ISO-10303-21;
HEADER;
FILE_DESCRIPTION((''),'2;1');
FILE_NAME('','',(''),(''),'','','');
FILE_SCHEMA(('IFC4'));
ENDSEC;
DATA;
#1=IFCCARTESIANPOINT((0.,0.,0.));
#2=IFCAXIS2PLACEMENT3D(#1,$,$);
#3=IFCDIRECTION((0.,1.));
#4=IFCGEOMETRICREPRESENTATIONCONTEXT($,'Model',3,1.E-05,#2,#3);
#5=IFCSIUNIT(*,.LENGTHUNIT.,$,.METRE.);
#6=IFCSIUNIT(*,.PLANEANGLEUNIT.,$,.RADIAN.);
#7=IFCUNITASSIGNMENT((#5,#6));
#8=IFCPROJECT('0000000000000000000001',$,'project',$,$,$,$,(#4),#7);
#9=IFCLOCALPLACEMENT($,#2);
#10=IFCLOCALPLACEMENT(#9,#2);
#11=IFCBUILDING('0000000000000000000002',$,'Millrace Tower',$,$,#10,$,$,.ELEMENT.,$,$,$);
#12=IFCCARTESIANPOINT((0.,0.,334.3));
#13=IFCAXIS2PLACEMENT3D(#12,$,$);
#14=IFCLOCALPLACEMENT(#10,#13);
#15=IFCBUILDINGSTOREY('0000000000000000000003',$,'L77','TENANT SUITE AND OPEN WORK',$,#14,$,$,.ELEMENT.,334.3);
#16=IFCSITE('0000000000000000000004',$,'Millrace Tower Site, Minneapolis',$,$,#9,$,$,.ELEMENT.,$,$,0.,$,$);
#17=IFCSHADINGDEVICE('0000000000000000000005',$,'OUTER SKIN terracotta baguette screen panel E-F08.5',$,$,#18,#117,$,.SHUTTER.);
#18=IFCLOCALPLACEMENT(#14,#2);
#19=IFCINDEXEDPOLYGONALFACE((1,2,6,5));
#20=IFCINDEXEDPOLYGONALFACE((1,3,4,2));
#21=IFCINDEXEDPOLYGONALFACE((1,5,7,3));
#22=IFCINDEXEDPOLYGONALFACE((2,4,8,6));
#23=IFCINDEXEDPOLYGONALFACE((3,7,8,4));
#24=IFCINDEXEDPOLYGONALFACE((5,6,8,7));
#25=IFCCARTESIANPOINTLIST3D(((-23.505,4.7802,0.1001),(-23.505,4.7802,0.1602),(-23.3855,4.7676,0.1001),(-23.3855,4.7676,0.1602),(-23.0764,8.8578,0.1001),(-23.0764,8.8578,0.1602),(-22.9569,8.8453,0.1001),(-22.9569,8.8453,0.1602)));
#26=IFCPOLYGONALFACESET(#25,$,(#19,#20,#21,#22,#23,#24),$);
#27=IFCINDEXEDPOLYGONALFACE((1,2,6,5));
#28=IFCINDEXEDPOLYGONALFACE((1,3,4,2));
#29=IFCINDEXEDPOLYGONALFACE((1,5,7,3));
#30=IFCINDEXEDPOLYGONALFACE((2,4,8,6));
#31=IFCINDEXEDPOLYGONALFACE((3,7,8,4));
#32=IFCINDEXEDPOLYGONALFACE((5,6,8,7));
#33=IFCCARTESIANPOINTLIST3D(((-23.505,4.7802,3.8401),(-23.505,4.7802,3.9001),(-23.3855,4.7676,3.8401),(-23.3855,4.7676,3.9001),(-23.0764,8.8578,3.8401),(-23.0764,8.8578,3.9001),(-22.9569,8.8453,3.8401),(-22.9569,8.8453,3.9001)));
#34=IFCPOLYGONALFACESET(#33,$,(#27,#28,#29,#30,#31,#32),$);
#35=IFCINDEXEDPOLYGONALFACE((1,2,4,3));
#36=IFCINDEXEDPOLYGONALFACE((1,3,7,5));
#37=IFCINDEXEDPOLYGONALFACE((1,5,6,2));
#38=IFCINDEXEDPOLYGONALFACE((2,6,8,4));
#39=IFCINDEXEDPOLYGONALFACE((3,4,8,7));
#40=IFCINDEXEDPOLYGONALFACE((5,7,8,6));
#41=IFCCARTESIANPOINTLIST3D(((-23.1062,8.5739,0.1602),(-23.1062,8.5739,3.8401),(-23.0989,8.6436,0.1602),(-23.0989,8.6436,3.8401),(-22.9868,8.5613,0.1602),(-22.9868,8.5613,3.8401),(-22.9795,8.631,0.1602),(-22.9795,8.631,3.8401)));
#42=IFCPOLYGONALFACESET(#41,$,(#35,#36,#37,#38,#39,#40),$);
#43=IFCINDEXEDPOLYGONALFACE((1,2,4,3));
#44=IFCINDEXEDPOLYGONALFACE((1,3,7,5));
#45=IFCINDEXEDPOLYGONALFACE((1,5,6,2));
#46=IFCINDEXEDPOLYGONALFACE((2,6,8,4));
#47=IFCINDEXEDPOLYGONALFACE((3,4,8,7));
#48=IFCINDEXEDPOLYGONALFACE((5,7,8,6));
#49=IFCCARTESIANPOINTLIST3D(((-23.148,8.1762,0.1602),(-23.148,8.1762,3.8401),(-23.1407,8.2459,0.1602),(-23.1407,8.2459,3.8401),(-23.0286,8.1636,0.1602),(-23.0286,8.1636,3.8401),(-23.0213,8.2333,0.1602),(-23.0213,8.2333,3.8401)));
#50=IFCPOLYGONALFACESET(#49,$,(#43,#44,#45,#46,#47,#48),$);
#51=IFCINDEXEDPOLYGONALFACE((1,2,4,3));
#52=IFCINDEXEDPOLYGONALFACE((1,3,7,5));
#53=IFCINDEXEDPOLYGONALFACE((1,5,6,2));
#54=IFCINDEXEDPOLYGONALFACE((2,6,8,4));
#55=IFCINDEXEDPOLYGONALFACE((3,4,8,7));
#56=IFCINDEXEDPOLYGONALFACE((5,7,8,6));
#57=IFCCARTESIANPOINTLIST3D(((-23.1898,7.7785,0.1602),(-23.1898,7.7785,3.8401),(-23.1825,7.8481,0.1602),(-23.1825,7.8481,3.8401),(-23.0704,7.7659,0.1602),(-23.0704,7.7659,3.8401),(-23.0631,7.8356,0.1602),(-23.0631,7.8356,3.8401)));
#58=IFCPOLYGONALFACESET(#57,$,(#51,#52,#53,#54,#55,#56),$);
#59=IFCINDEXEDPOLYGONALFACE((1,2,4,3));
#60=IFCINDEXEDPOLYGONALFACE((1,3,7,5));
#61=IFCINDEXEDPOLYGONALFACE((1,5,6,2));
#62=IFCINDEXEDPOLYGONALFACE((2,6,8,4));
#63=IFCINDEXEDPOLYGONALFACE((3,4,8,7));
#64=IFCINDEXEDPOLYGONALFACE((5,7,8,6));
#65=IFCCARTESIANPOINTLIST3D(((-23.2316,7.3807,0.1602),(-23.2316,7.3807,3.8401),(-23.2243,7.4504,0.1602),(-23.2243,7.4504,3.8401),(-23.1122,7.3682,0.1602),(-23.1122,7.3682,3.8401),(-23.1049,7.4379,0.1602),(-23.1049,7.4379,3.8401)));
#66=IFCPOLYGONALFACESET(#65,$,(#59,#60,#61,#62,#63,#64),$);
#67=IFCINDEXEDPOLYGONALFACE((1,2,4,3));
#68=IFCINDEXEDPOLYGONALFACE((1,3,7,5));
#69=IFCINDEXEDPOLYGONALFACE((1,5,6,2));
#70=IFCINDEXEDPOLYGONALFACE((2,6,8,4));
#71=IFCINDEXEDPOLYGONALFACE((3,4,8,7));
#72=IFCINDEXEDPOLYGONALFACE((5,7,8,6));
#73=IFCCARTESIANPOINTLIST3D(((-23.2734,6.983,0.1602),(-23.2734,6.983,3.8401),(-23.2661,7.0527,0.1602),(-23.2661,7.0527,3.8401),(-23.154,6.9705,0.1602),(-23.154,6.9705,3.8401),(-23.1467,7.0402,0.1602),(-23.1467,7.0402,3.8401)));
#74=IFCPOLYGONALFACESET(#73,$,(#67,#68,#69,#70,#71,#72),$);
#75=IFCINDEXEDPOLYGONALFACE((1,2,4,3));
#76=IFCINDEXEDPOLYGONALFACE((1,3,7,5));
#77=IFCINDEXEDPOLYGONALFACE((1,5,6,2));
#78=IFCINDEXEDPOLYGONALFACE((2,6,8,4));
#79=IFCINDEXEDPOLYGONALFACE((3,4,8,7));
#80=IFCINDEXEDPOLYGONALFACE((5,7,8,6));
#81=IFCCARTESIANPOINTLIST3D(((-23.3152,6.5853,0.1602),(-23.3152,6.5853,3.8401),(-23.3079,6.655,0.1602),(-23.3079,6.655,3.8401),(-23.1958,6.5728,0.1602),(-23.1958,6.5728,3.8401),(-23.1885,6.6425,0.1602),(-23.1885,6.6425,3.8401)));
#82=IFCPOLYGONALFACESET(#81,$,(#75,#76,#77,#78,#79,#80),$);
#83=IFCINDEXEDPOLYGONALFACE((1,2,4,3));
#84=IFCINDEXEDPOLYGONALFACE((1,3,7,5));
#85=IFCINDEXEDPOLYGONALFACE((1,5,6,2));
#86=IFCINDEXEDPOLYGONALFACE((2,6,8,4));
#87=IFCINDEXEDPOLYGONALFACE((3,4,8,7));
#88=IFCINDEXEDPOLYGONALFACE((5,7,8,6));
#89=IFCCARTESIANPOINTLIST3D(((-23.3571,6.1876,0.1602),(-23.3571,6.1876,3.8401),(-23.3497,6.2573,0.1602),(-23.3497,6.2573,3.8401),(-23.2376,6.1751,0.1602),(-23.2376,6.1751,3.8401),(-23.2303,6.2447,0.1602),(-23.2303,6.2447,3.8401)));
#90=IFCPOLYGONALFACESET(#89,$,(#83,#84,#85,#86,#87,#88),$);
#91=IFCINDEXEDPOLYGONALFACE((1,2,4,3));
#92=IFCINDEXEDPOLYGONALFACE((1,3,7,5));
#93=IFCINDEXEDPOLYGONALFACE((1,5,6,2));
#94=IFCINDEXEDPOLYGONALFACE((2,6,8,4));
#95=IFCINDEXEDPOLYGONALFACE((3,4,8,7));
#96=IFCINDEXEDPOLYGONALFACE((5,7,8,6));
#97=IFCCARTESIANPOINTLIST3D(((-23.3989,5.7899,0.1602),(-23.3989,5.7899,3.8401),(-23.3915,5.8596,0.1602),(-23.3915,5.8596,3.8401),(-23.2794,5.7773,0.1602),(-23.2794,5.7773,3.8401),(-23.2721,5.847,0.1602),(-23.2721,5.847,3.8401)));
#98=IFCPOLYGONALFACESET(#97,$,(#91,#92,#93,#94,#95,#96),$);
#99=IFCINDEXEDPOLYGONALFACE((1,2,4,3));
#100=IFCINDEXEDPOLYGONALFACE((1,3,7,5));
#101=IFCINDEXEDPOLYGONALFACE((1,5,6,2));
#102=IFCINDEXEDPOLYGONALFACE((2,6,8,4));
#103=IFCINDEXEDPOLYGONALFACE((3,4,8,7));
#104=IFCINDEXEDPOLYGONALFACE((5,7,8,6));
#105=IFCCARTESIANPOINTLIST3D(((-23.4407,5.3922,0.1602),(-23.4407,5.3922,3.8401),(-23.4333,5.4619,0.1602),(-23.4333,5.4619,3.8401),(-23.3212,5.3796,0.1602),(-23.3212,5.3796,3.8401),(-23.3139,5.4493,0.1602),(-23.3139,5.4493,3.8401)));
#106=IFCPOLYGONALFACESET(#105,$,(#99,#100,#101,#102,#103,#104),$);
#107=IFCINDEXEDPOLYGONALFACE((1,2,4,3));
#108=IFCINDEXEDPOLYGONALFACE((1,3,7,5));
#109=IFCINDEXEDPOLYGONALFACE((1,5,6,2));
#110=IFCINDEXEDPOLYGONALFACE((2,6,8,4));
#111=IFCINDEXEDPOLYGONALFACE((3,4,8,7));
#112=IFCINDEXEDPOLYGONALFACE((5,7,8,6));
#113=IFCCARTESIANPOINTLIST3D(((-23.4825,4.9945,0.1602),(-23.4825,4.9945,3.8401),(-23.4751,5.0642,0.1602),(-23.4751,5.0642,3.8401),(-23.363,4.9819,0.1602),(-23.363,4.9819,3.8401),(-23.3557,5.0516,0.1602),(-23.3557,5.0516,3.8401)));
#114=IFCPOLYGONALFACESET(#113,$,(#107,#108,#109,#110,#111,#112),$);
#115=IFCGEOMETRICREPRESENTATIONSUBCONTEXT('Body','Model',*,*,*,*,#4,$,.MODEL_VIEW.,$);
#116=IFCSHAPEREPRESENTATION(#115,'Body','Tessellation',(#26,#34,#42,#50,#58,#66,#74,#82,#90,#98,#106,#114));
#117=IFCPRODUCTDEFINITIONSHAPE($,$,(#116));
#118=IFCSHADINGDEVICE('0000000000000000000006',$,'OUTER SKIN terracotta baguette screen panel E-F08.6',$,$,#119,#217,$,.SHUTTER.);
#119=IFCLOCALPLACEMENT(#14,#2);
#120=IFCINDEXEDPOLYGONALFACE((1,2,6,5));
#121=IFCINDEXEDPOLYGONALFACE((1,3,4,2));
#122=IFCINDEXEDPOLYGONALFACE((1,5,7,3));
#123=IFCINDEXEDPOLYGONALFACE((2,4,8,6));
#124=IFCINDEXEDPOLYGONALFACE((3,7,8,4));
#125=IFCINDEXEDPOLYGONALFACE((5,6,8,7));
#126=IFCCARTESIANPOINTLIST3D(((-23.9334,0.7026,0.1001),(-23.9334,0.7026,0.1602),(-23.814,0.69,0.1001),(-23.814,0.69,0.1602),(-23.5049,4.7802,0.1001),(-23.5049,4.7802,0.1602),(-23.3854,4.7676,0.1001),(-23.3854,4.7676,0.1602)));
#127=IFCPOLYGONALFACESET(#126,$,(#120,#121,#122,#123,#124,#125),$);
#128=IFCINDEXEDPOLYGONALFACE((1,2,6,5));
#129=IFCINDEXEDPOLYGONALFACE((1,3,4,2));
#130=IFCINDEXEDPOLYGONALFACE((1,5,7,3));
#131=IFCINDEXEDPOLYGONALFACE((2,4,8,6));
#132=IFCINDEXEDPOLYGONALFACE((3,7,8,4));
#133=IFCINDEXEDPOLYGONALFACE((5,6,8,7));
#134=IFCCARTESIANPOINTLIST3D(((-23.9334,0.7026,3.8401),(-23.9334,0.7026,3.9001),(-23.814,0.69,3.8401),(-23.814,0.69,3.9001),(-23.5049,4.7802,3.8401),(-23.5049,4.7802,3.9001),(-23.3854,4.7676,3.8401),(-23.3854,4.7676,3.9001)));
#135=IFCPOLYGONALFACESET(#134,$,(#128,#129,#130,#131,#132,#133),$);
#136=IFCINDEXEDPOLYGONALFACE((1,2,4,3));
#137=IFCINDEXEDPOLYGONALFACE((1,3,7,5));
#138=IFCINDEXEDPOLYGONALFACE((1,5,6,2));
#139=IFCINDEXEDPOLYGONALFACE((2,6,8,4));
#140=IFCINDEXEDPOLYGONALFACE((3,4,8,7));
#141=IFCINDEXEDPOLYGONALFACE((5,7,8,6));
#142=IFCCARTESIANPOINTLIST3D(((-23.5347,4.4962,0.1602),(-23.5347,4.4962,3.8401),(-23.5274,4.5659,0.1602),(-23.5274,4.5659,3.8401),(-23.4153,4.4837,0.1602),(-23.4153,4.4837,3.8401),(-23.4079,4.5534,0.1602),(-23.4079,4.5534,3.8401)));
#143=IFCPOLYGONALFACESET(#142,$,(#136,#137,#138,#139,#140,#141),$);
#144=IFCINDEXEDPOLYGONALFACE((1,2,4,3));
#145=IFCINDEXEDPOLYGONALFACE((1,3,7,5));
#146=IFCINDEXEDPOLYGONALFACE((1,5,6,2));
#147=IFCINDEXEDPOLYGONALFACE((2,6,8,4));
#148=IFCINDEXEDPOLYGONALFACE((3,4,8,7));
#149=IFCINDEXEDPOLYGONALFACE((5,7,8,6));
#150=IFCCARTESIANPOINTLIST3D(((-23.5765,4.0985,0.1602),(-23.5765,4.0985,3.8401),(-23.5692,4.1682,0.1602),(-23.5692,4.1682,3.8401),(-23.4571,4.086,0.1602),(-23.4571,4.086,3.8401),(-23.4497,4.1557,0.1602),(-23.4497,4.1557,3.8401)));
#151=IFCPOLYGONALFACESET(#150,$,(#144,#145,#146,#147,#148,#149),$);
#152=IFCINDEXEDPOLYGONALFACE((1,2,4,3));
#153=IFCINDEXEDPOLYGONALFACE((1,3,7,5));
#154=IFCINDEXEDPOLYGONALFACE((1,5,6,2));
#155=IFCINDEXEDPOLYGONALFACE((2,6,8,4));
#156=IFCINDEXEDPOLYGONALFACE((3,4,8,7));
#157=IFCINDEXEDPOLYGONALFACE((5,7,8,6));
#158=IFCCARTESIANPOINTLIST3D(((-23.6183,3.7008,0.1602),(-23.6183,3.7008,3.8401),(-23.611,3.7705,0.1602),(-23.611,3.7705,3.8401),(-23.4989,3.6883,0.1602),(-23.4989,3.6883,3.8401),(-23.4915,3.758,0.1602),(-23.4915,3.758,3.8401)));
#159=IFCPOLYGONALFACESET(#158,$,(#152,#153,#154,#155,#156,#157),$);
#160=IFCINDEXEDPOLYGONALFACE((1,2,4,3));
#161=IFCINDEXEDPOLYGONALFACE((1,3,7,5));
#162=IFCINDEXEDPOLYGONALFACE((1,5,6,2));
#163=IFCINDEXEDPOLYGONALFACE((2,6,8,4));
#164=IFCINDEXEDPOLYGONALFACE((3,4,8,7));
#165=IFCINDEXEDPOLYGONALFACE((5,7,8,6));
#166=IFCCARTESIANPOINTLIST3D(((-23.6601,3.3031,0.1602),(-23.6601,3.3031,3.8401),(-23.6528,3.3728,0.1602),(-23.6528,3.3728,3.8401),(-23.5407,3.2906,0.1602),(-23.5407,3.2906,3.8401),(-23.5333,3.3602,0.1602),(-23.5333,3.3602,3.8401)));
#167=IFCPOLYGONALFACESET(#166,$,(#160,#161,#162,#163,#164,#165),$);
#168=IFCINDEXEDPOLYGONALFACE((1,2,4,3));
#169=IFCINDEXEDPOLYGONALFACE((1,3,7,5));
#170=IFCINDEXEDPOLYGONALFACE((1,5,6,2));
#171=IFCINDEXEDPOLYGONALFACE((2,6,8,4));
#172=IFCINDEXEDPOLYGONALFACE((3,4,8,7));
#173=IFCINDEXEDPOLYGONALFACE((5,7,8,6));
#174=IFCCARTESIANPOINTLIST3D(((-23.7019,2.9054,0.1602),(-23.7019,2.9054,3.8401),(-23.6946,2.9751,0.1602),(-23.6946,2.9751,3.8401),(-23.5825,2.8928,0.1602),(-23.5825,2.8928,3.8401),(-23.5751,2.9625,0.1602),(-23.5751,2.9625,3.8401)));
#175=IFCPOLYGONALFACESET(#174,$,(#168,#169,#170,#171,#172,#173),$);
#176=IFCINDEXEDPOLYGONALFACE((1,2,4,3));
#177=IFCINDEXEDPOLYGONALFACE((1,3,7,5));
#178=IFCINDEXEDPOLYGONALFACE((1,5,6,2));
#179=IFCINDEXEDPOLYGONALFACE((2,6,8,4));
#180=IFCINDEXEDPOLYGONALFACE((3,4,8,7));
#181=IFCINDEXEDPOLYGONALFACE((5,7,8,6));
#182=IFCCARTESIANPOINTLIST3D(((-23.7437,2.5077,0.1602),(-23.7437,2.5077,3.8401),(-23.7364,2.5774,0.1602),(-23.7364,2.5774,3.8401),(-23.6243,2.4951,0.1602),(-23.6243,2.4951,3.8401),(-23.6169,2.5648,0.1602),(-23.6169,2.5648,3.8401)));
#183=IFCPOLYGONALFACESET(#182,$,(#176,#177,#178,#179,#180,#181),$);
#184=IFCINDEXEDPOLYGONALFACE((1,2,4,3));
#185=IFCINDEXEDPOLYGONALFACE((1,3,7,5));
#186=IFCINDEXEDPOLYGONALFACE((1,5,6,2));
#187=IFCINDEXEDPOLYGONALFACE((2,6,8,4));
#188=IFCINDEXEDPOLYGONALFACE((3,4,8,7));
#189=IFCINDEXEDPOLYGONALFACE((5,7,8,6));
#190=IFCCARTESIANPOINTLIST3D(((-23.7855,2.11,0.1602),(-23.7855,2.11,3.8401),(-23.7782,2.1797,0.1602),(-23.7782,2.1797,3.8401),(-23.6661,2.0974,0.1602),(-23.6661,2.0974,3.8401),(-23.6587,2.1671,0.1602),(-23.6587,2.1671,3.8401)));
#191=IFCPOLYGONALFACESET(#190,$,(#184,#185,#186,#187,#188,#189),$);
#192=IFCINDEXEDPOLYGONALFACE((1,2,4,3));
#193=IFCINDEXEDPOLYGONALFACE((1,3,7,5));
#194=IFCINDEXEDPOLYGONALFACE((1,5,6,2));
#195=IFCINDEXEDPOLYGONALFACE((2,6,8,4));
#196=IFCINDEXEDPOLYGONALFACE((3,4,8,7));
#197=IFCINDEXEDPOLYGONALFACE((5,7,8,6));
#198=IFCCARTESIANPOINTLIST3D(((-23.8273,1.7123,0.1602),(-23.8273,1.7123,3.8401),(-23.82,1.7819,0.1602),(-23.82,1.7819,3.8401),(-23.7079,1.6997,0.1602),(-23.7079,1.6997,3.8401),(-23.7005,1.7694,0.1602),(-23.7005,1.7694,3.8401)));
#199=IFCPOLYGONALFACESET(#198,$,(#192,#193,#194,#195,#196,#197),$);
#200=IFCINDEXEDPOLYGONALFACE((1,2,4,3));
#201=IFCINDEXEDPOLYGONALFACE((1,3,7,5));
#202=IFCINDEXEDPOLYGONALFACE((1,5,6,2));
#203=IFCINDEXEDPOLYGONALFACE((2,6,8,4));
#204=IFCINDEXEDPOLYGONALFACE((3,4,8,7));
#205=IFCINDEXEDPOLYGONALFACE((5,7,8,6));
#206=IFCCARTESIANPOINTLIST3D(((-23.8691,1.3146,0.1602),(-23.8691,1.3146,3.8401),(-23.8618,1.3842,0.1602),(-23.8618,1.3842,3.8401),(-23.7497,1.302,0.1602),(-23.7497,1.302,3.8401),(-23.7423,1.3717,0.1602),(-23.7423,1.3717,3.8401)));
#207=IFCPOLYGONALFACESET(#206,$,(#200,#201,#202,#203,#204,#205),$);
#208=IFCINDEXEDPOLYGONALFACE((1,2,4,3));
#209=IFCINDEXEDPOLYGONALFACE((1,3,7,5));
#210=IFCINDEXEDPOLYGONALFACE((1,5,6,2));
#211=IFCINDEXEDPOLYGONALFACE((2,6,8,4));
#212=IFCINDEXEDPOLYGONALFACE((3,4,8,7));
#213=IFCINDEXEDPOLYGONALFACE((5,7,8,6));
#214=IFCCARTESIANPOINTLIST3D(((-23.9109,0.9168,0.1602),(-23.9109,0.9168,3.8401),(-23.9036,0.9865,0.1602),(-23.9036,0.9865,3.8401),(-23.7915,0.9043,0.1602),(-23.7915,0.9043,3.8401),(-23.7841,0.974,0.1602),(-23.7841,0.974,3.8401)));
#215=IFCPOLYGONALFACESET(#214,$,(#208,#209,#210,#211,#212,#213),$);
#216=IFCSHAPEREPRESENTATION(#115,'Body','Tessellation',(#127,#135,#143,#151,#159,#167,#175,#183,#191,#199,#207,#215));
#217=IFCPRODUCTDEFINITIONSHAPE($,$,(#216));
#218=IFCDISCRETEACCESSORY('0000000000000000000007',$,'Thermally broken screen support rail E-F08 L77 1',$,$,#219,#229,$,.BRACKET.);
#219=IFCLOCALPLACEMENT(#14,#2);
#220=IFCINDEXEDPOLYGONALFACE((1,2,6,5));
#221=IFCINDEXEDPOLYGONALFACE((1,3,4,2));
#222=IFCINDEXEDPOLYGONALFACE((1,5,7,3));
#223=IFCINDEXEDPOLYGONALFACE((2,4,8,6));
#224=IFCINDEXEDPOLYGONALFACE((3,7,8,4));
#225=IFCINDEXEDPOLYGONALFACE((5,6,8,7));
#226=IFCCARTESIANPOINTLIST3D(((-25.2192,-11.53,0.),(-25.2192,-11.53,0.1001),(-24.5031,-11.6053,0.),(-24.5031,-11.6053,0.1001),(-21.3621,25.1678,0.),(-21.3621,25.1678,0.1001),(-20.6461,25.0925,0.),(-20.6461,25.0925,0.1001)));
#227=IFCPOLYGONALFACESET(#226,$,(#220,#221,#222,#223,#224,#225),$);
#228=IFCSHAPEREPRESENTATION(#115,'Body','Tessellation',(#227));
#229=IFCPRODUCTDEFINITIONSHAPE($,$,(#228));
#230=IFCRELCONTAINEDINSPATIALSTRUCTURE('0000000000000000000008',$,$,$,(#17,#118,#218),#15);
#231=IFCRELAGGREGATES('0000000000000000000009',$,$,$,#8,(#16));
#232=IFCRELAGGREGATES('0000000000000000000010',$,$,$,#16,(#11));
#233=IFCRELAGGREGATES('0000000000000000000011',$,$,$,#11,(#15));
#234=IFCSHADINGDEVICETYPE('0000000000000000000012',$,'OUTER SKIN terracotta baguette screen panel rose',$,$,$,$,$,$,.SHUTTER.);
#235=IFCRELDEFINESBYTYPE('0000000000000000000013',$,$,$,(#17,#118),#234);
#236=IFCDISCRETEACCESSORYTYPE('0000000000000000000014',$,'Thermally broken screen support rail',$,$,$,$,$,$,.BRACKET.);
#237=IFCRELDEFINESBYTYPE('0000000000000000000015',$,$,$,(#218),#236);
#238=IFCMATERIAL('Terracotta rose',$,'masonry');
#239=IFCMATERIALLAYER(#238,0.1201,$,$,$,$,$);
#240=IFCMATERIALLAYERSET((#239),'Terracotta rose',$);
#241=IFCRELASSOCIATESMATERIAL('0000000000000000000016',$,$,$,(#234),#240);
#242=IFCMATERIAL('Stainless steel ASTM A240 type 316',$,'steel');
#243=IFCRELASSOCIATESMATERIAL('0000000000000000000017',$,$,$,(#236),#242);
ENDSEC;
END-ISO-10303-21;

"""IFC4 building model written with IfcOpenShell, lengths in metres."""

from ifc_helpers import new_model, entity, si_unit, direction, frame, frame_2d, origin, origin_2d, place, context, subcontext, project, spatial, rectangle, extrude, source, transform, mapped, material, layer, layer_set, type_object, element, save


model = new_model("IFC4")

# Units and contexts
model_context = context("Model", 3, precision=1e-05, world=origin(), true_north=direction((0.0, 1.0)))
body_context = subcontext(model_context, "Body", "Model", "MODEL_VIEW")
ifc_project = project(units=[si_unit("LENGTHUNIT", "METRE"), si_unit("PLANEANGLEUNIT", "RADIAN")], contexts=[model_context])

# Site, building, storey
site_placement = place(None, origin())
site = spatial("IfcSite", under=ifc_project, at=site_placement, Name="Millrace Tower Site, Minneapolis", CompositionType="ELEMENT", RefElevation=0.0)
building_placement = place(site_placement, origin())
building = spatial("IfcBuilding", under=site, at=building_placement, Name="Millrace Tower", CompositionType="ELEMENT")
storey_placement = place(building_placement, frame((0.0, 0.0, 334.3)))
storey = spatial("IfcBuildingStorey", under=building, at=storey_placement, Name="L77", Description="TENANT SUITE AND OPEN WORK", CompositionType="ELEMENT", Elevation=334.3)

# Shading devices
ifc_material_1 = material(Name="Terracotta rose", Category="masonry")
ifc_layer_1 = layer(ifc_material_1, 0.1201)
ifc_layer_set_1 = layer_set([ifc_layer_1], Name="Terracotta rose")
shading_device_type = type_object("IfcShadingDeviceType", Name="OUTER SKIN terracotta baguette screen panel rose", PredefinedType="SHUTTER", material=ifc_layer_set_1)
cartesian_point = entity("IfcCartesianPoint", [-2.05, 0.0601])
shared_polyline = entity("IfcPolyline", [cartesian_point, entity("IfcCartesianPoint", [2.05, 0.0601]), entity("IfcCartesianPoint", [2.05, -0.0601]), entity("IfcCartesianPoint", [-2.05, -0.0601]), cartesian_point])
shared_shape = source(origin(), body_context, "Body", "SweptSolid", [
    entity("IfcExtrudedAreaSolid", entity("IfcArbitraryClosedProfileDef", "AREA", None, shared_polyline), entity("IfcAxis2Placement3D", entity("IfcCartesianPoint", [0.0, 0.0, 0.0])), entity("IfcDirection", [0.0, 0.0, 1.0]), 0.0601),
    entity("IfcExtrudedAreaSolid", entity("IfcArbitraryClosedProfileDef", "AREA", None, shared_polyline), entity("IfcAxis2Placement3D", entity("IfcCartesianPoint", [0.0, 0.0, 3.74])), entity("IfcDirection", [0.0, 0.0, 1.0]), 0.0601),
    extrude(rectangle(XDim=0.0701, YDim=0.1201, at=frame_2d((-1.7996, 0.0))), frame((0.0, 0.0, 0.0601)), (0.0, 0.0, 1.0), 3.6799),
    extrude(rectangle(XDim=0.0701, YDim=0.1201, at=frame_2d((-1.3997, 0.0))), frame((0.0, 0.0, 0.0601)), (0.0, 0.0, 1.0), 3.6799),
    extrude(rectangle(XDim=0.0701, YDim=0.1201, at=frame_2d((-0.9998, 0.0))), frame((0.0, 0.0, 0.0601)), (0.0, 0.0, 1.0), 3.6799),
    extrude(rectangle(XDim=0.0701, YDim=0.1201, at=frame_2d((-0.5999, 0.0))), frame((0.0, 0.0, 0.0601)), (0.0, 0.0, 1.0), 3.6799),
    extrude(rectangle(XDim=0.0701, YDim=0.1201, at=frame_2d((-0.2, 0.0))), frame((0.0, 0.0, 0.0601)), (0.0, 0.0, 1.0), 3.6799),
    extrude(rectangle(XDim=0.0701, YDim=0.1201, at=frame_2d((0.2, 0.0))), frame((0.0, 0.0, 0.0601)), (0.0, 0.0, 1.0), 3.6799),
    extrude(rectangle(XDim=0.0701, YDim=0.1201, at=frame_2d((0.5999, 0.0))), frame((0.0, 0.0, 0.0601)), (0.0, 0.0, 1.0), 3.6799),
    extrude(rectangle(XDim=0.0701, YDim=0.1201, at=frame_2d((0.9998, 0.0))), frame((0.0, 0.0, 0.0601)), (0.0, 0.0, 1.0), 3.6799),
    extrude(rectangle(XDim=0.0701, YDim=0.1201, at=frame_2d((1.3997, 0.0))), frame((0.0, 0.0, 0.0601)), (0.0, 0.0, 1.0), 3.6799),
    extrude(rectangle(XDim=0.0701, YDim=0.1201, at=frame_2d((1.7996, 0.0))), frame((0.0, 0.0, 0.0601)), (0.0, 0.0, 1.0), 3.6799),
])
for number, where, z_axis, x_axis, name in (
    (1, (-23.231, 6.8127, 0.1001), (0.0, 0.0, 1.0), (-0.104528, -0.994522, 0.0), "OUTER SKIN terracotta baguette screen panel E-F08.5"),
    (2, (-23.6594, 2.7351, 0.1001), (0.0, 0.0, 1.0), (-0.104528, -0.994522, 0.0), "OUTER SKIN terracotta baguette screen panel E-F08.6"),
):
    element("IfcShadingDevice", number, at=place(storey_placement, frame(where, z_axis=z_axis, x_axis=x_axis)), inside=storey, type_object=shading_device_type, Name=name, PredefinedType="SHUTTER", context=body_context, shape_type="MappedRepresentation", body=[
        mapped(shared_shape, transform((0.0, 0.0, 0.0), scale=1.0)),
    ])

# Discrete accessory
ifc_material_2 = material(Name="Stainless steel ASTM A240 type 316", Category="steel")
discrete_accessory_type = type_object("IfcDiscreteAccessoryType", Name="Thermally broken screen support rail", PredefinedType="BRACKET", material=ifc_material_2)
discrete_accessory_placement = place(storey_placement, frame((-22.9326, 6.7812, 0.0), z_axis=(0.0, 0.0, 1.0), x_axis=(-0.104528, -0.994522, 0.0)))
element("IfcDiscreteAccessory", 3, at=discrete_accessory_placement, inside=storey, type_object=discrete_accessory_type, Name="Thermally broken screen support rail E-F08 L77 1", PredefinedType="BRACKET", context=body_context, shape_type="SweptSolid", body=[
    extrude(rectangle(XDim=36.8999, YDim=0.72, at=origin_2d()), origin(), (0.0, 0.0, 1.0), 0.1001),
])

save(model, "model.ifc")
